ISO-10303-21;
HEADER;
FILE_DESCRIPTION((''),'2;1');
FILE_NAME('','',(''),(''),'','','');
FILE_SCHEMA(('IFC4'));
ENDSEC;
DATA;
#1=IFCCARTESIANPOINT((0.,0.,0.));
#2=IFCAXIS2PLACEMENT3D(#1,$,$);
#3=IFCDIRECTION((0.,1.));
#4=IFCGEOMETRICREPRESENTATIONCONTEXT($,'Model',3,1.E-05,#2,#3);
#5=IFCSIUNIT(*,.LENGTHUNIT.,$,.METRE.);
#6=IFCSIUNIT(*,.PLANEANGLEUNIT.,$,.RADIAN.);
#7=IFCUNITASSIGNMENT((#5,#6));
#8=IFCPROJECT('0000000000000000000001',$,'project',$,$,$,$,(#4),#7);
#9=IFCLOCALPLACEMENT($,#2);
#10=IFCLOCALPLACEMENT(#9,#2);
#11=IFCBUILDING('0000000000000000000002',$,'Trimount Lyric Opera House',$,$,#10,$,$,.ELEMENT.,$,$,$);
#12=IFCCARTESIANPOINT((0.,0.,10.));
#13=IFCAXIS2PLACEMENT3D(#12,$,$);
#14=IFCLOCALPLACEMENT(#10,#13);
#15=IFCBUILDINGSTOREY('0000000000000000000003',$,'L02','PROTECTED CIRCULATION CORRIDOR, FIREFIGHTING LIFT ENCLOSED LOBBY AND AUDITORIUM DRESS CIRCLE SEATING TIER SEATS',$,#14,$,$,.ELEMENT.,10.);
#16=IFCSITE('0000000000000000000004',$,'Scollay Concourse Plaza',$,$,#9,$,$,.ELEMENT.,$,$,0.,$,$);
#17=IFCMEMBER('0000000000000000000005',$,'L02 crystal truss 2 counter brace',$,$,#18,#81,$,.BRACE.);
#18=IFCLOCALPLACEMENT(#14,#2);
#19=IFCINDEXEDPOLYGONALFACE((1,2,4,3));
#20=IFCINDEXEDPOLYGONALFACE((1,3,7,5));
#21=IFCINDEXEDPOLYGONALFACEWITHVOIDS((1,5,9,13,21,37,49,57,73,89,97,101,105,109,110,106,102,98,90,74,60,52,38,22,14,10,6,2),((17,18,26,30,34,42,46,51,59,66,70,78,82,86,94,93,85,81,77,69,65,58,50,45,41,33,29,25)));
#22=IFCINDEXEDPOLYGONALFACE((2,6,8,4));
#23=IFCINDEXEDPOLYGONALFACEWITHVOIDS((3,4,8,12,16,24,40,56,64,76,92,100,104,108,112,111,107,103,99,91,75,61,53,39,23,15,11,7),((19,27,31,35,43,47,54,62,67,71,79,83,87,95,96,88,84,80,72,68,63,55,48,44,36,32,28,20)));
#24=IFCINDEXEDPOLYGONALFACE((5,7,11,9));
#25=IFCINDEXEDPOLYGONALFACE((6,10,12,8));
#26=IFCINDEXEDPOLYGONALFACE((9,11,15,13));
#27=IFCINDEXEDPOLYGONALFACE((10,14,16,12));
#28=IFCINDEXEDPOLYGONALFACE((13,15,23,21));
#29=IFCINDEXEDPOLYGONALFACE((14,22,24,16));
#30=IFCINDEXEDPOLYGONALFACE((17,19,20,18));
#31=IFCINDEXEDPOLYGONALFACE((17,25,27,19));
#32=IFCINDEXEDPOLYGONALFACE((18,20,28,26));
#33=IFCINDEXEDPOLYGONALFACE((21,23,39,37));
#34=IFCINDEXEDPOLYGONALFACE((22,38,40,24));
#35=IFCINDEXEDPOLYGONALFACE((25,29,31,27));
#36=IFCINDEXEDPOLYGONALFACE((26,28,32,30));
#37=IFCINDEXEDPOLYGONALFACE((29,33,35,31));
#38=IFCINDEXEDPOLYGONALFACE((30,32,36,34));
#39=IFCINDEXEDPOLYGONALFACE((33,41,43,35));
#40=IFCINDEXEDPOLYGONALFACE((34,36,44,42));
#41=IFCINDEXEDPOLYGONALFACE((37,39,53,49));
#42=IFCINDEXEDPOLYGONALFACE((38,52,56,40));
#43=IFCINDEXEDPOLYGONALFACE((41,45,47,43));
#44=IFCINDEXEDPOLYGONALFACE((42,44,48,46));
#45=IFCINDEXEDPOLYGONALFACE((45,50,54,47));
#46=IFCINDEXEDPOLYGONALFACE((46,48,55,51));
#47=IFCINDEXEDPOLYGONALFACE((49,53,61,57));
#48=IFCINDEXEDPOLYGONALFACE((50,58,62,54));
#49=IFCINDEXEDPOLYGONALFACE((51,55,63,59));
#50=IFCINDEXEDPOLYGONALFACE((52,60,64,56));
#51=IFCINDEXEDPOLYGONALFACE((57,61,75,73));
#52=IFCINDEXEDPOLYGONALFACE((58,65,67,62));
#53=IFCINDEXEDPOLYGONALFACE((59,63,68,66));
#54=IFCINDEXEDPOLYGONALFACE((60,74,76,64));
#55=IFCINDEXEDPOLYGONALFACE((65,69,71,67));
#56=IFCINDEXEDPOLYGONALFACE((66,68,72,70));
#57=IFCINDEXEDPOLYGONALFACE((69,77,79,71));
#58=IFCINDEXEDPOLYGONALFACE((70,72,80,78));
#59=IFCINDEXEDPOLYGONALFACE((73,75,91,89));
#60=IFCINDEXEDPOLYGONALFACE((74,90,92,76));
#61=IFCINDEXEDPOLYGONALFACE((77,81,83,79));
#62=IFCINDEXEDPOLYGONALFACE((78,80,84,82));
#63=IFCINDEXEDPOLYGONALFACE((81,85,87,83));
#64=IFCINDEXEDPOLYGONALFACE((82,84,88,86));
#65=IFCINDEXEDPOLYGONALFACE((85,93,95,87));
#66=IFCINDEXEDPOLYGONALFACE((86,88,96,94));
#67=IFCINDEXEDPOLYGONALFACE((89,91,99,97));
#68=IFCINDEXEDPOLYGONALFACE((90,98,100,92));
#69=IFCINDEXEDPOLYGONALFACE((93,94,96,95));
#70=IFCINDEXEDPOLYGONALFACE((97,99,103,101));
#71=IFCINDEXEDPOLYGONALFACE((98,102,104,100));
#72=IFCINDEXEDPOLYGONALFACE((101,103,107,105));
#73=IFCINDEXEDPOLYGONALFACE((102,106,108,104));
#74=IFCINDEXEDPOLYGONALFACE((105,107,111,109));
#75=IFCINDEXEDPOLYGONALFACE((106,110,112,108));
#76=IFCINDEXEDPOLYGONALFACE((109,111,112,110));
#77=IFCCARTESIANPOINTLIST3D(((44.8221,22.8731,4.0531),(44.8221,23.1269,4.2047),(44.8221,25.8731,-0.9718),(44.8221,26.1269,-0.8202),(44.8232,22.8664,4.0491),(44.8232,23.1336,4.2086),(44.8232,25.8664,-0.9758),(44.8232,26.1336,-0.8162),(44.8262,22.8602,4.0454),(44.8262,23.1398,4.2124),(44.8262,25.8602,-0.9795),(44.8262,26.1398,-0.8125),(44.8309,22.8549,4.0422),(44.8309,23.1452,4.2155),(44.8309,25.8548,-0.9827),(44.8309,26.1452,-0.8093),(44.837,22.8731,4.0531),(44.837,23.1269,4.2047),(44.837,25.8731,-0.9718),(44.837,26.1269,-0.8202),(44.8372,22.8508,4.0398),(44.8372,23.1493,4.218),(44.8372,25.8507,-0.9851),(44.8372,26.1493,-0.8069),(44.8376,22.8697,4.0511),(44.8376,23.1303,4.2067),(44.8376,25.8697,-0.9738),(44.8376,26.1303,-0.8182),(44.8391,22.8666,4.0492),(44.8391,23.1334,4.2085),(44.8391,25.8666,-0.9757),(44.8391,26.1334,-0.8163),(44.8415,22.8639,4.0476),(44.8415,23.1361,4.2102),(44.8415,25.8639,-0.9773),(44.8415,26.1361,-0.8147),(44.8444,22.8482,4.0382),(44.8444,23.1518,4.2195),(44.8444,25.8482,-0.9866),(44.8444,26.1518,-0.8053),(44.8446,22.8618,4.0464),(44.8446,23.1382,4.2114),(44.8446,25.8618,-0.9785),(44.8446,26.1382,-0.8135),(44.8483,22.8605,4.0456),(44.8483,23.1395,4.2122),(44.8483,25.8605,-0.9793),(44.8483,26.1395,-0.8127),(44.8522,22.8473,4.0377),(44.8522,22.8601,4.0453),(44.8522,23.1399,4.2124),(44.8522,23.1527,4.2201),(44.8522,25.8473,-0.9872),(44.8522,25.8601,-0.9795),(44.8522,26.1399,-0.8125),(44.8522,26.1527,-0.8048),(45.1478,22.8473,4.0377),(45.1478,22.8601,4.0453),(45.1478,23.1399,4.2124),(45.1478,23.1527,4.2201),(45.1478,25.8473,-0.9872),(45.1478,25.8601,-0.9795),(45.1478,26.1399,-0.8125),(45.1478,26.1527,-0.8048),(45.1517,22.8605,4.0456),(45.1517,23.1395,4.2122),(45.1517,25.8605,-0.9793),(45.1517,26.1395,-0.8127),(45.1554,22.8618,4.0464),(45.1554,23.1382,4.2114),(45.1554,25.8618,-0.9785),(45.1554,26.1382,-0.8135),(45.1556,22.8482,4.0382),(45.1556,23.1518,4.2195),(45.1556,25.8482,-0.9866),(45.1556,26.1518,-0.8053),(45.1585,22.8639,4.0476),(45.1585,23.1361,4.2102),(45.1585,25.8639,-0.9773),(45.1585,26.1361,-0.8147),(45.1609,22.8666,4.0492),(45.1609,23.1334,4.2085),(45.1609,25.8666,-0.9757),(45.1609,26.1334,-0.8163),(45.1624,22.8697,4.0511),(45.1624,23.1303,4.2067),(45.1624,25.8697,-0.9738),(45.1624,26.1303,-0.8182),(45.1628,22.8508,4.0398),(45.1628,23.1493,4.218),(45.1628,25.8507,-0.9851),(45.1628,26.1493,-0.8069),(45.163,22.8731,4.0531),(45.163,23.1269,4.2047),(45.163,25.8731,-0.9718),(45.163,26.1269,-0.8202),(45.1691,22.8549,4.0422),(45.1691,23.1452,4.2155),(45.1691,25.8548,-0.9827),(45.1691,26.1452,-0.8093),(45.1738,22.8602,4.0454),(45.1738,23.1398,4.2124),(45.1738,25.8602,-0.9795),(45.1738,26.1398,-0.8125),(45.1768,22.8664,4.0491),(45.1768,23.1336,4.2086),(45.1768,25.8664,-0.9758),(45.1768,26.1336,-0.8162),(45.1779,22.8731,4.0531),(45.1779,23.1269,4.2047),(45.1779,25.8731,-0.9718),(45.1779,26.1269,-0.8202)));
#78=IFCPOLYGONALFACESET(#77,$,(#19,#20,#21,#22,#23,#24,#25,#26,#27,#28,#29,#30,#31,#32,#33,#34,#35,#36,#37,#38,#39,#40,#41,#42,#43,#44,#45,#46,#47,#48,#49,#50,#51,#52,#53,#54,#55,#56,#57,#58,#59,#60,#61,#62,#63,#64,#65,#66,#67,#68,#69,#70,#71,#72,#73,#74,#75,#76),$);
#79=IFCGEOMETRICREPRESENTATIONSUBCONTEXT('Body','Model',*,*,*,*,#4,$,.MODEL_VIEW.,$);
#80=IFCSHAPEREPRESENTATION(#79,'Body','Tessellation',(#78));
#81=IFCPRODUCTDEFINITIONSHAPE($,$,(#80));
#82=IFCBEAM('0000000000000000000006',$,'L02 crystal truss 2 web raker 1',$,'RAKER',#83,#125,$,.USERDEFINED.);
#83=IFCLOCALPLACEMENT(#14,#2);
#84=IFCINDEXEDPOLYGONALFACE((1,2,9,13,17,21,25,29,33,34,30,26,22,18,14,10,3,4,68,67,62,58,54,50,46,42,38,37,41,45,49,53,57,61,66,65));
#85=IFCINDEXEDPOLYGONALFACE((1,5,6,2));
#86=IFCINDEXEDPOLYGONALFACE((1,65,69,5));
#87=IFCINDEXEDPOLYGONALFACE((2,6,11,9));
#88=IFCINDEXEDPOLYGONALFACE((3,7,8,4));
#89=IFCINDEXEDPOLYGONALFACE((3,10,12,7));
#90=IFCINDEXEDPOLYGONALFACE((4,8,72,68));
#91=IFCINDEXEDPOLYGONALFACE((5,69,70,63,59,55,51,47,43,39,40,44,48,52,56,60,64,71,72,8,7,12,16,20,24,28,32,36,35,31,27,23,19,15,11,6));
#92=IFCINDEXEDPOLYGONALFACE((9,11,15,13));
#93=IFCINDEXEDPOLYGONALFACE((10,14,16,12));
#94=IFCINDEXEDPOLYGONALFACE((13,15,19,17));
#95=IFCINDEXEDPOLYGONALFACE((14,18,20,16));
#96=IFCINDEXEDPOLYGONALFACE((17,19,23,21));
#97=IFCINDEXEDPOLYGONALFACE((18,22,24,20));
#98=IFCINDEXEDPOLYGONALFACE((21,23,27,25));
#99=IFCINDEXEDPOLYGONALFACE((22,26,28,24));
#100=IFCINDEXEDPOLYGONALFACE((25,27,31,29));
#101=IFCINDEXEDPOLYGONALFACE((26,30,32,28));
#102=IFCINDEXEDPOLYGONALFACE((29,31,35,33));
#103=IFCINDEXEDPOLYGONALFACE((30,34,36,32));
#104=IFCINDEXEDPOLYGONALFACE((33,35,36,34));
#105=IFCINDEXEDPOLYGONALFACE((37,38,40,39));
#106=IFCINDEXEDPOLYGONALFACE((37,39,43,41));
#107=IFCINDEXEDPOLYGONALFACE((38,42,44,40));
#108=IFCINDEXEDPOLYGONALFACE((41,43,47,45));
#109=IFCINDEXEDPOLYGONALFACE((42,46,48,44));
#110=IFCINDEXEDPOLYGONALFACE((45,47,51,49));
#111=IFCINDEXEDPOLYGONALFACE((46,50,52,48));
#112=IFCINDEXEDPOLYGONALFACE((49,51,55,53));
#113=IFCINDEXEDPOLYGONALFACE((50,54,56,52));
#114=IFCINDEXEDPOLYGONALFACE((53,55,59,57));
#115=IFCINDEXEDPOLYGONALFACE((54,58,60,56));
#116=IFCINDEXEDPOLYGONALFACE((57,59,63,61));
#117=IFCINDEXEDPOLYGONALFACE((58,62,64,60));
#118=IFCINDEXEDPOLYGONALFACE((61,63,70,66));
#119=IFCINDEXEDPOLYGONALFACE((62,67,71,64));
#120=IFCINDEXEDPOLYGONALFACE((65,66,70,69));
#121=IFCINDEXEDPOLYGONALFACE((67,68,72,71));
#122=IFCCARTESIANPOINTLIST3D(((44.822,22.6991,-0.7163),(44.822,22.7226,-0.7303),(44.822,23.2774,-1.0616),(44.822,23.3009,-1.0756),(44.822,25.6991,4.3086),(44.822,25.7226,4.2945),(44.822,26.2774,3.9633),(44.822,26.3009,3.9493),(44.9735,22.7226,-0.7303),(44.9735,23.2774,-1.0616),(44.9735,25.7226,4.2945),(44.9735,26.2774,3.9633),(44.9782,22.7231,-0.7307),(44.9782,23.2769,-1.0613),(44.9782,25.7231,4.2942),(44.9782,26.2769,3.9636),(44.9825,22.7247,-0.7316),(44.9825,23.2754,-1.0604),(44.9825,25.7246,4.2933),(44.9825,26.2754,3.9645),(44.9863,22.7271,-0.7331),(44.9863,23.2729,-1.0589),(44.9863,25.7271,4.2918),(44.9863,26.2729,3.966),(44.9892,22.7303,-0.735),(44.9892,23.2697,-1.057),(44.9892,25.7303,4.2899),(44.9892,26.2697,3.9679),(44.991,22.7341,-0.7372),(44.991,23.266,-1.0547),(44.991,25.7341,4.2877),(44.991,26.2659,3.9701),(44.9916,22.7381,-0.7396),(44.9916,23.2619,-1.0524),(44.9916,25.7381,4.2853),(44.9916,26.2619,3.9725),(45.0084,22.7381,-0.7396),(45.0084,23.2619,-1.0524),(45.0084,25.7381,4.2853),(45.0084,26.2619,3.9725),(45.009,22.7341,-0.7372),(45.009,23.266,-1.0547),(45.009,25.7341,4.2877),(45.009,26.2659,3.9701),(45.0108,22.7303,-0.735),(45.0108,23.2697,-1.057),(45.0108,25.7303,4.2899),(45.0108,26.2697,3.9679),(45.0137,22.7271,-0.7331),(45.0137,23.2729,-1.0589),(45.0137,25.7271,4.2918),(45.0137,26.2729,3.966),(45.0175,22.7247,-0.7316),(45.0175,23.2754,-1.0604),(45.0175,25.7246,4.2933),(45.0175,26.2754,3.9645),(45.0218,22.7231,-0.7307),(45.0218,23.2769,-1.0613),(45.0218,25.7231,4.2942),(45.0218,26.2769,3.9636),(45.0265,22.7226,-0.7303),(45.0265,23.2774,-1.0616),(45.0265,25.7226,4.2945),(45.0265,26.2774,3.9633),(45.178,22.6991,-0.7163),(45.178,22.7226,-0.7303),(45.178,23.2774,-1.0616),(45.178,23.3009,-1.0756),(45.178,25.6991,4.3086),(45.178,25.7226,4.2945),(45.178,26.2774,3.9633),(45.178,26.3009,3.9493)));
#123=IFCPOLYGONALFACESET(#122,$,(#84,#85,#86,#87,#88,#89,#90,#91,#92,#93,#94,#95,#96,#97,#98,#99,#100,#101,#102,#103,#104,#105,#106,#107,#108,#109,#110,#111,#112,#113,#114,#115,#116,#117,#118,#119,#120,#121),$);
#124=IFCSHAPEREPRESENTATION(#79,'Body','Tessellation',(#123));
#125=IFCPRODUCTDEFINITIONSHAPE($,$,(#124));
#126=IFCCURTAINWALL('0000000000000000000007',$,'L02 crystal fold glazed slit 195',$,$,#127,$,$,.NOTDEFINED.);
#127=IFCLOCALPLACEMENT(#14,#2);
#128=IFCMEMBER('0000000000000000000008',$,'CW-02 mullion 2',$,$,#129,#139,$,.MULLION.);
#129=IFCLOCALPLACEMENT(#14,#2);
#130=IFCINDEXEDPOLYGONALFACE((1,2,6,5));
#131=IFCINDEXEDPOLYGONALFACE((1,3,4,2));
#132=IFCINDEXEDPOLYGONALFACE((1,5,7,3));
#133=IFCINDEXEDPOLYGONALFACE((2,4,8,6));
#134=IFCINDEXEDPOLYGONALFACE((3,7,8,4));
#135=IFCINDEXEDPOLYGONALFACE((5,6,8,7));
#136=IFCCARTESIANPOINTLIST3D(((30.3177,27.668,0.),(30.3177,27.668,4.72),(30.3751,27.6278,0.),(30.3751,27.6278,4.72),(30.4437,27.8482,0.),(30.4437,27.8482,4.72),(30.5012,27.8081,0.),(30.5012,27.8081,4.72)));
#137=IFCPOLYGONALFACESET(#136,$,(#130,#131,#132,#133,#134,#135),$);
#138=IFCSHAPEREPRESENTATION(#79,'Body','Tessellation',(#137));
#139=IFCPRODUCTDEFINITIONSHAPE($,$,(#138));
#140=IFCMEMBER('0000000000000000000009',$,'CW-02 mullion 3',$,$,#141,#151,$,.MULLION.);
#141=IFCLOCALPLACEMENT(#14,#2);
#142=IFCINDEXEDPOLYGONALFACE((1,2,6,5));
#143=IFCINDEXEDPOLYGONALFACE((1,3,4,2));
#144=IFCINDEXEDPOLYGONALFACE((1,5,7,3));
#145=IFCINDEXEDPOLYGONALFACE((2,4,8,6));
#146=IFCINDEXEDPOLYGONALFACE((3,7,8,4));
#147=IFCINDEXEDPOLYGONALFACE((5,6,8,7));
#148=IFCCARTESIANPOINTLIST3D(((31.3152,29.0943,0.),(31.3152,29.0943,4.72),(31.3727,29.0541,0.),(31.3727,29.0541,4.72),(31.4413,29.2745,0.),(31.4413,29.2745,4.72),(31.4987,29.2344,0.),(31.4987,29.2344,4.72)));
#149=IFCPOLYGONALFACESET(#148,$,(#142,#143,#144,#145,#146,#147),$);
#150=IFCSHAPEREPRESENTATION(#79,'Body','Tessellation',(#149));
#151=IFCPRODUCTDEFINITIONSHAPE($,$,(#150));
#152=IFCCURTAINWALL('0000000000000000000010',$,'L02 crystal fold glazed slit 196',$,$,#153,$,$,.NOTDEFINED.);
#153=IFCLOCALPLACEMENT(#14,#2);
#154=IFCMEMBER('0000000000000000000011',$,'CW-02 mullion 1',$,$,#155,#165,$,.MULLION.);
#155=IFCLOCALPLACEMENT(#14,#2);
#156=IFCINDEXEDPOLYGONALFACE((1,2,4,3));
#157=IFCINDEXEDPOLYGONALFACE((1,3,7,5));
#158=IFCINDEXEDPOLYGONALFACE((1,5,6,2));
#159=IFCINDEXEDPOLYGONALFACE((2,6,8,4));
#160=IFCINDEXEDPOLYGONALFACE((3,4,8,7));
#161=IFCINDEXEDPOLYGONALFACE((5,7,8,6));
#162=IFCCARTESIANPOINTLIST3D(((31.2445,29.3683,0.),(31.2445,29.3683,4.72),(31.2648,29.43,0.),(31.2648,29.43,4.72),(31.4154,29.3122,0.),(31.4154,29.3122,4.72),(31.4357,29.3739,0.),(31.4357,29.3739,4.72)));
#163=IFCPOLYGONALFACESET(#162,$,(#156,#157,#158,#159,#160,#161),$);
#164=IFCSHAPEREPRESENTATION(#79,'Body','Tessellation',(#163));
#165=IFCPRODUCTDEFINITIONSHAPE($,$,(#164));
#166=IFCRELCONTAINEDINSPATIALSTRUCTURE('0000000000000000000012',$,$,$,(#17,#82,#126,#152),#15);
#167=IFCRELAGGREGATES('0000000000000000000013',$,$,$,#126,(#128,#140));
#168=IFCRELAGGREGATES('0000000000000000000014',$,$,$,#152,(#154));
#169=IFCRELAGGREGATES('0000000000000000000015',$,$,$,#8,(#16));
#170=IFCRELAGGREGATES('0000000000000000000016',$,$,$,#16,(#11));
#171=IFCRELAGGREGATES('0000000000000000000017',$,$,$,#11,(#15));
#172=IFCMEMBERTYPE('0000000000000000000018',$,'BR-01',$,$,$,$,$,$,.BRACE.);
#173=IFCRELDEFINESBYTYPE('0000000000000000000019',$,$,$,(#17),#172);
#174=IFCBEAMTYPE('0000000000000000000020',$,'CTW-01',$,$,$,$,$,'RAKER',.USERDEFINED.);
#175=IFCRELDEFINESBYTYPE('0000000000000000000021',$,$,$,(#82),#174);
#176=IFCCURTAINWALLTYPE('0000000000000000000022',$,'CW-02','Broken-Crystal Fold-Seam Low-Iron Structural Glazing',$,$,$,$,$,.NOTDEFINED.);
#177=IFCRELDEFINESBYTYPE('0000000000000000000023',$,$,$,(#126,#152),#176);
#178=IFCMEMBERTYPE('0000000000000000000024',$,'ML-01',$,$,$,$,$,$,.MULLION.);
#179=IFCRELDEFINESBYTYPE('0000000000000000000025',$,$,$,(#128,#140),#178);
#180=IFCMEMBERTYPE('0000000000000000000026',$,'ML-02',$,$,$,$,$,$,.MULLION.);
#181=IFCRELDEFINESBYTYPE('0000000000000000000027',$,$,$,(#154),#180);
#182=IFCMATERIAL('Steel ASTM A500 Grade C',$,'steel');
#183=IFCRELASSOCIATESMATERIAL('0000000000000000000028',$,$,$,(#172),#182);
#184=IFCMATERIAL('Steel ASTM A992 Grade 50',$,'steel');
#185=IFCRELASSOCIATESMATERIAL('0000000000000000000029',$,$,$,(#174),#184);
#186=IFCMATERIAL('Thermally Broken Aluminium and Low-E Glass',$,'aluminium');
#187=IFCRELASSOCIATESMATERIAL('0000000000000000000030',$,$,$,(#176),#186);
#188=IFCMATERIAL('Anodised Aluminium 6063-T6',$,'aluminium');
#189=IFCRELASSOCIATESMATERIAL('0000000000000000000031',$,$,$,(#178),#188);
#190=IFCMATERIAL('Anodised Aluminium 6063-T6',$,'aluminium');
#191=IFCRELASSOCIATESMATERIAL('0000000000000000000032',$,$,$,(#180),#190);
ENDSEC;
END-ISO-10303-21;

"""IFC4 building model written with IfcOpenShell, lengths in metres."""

from ifc_helpers import new_model, si_unit, direction, frame, origin, origin_2d, place, context, subcontext, project, spatial, rectangle, hollow_rectangle, i_section, extrude, material, material_profile, profile_set, type_object, element, aggregate, save


model = new_model("IFC4")

# Units and contexts
model_context = context("Model", 3, precision=1e-05, world=origin(), true_north=direction((0.0, 1.0)))
body_context = subcontext(model_context, "Body", "Model", "MODEL_VIEW")
ifc_project = project(units=[si_unit("LENGTHUNIT", "METRE"), si_unit("PLANEANGLEUNIT", "RADIAN")], contexts=[model_context])

# Site, building, storey
site_placement = place(None, origin())
site = spatial("IfcSite", under=ifc_project, at=site_placement, Name="Scollay Concourse Plaza", CompositionType="ELEMENT", RefElevation=0.0)
building_placement = place(site_placement, origin())
building = spatial("IfcBuilding", under=site, at=building_placement, Name="Trimount Lyric Opera House", CompositionType="ELEMENT")
storey_placement = place(building_placement, frame((0.0, 0.0, 10.0)))
storey = spatial("IfcBuildingStorey", under=building, at=storey_placement, Name="L02", Description="PROTECTED CIRCULATION CORRIDOR, FIREFIGHTING LIFT ENCLOSED LOBBY AND AUDITORIUM DRESS CIRCLE SEATING TIER SEATS", CompositionType="ELEMENT", Elevation=10.0)

# Member
ifc_material_1 = material(Name="Steel ASTM A500 Grade C", Category="steel")
ifc_material_profile_1 = material_profile(ifc_material_1, hollow_rectangle(XDim=0.3557, YDim=0.3557, WallThickness=0.0149, InnerFilletRadius=0.0151, OuterFilletRadius=0.03, at=origin_2d()), Name="HSS355.6X355.6X15.9")
ifc_profile_set_1 = profile_set([ifc_material_profile_1], Name="Steel ASTM A500 Grade C")
member_type_1 = type_object("IfcMemberType", Name="BR-01", PredefinedType="BRACE", material=ifc_profile_set_1)
member_1_placement = place(storey_placement, frame((45.0, 26.0, -0.896), z_axis=(0.0, -0.512617, 0.858617), x_axis=(1.0, 0.0, 0.0)))
element("IfcMember", 1, at=member_1_placement, inside=storey, type_object=member_type_1, Name="L02 crystal truss 2 counter brace", PredefinedType="BRACE", context=body_context, shape_type="SweptSolid", body=[
    extrude(hollow_rectangle(XDim=0.3557, YDim=0.3557, WallThickness=0.0149, InnerFilletRadius=0.0151, OuterFilletRadius=0.03, at=origin_2d()), origin(), (0.0, 0.0, 1.0), 5.8523),
])

# Beam
ifc_material_2 = material(Name="Steel ASTM A992 Grade 50", Category="steel")
ifc_material_profile_2 = material_profile(ifc_material_2, i_section(OverallWidth=0.356, OverallDepth=0.7009, WebThickness=0.0168, FlangeThickness=0.0273, FilletRadius=0.0181, at=origin_2d()), Name="W27X161")
ifc_profile_set_2 = profile_set([ifc_material_profile_2], Name="Steel ASTM A992 Grade 50")
beam_type_1 = type_object("IfcBeamType", Name="CTW-01", ElementType="RAKER", PredefinedType="USERDEFINED", material=ifc_profile_set_2)
beam_1_placement = place(storey_placement, frame((45.0, 26.0, 4.1289), z_axis=(0.0, -0.512617, -0.858617), x_axis=(1.0, 0.0, 0.0)))
element("IfcBeam", 2, at=beam_1_placement, inside=storey, type_object=beam_type_1, Name="L02 crystal truss 2 web raker 1", ObjectType="RAKER", PredefinedType="USERDEFINED", context=body_context, shape_type="SweptSolid", body=[
    extrude(i_section(OverallWidth=0.356, OverallDepth=0.7009, WebThickness=0.0168, FlangeThickness=0.0273, FilletRadius=0.0181, at=origin_2d()), origin(), (0.0, 0.0, 1.0), 5.8523),
])

# Curtain wall, members
ifc_material_3 = material(Name="Thermally Broken Aluminium and Low-E Glass", Category="aluminium")
curtain_wall_type = type_object("IfcCurtainWallType", Name="CW-02", Description="Broken-Crystal Fold-Seam Low-Iron Structural Glazing", PredefinedType="NOTDEFINED", material=ifc_material_3)
curtain_wall_1_placement = place(storey_placement, origin())
curtain_wall_1 = element("IfcCurtainWall", 3, at=curtain_wall_1_placement, inside=storey, type_object=curtain_wall_type, Name="L02 crystal fold glazed slit 195", PredefinedType="NOTDEFINED")
ifc_material_4 = material(Name="Anodised Aluminium 6063-T6", Category="aluminium")
ifc_material_profile_3 = material_profile(ifc_material_4, rectangle(XDim=0.0701, YDim=0.22, at=origin_2d()), Name="ALU-MULL-70X220")
ifc_profile_set_3 = profile_set([ifc_material_profile_3], Name="Anodised Aluminium 6063-T6")
member_type_2 = type_object("IfcMemberType", Name="ML-01", PredefinedType="MULLION", material=ifc_profile_set_3)
member_2_placement = place(storey_placement, frame((30.4094, 27.738, 0.0), z_axis=(0.0, 0.0, 1.0), x_axis=(-0.819496, 0.573084, 0.0)))
member_2 = element("IfcMember", 4, at=member_2_placement, type_object=member_type_2, Name="CW-02 mullion 2", PredefinedType="MULLION", context=body_context, shape_type="SweptSolid", body=[
    extrude(rectangle(XDim=0.0701, YDim=0.22, at=origin_2d()), origin(), (0.0, 0.0, 1.0), 4.72),
])
member_3_placement = place(storey_placement, frame((31.407, 29.1643, 0.0), z_axis=(0.0, 0.0, 1.0), x_axis=(-0.819496, 0.573084, 0.0)))
member_3 = element("IfcMember", 5, at=member_3_placement, type_object=member_type_2, Name="CW-02 mullion 3", PredefinedType="MULLION", context=body_context, shape_type="SweptSolid", body=[
    extrude(rectangle(XDim=0.0701, YDim=0.22, at=origin_2d()), origin(), (0.0, 0.0, 1.0), 4.72),
])

# Curtain wall, member
curtain_wall_2_placement = place(storey_placement, origin())
curtain_wall_2 = element("IfcCurtainWall", 6, at=curtain_wall_2_placement, inside=storey, type_object=curtain_wall_type, Name="L02 crystal fold glazed slit 196", PredefinedType="NOTDEFINED")
ifc_material_5 = material(Name="Anodised Aluminium 6063-T6", Category="aluminium")
ifc_material_profile_4 = material_profile(ifc_material_5, rectangle(XDim=0.0649, YDim=0.1799, at=origin_2d()), Name="ALU-MULL-65X180")
ifc_profile_set_4 = profile_set([ifc_material_profile_4], Name="Anodised Aluminium 6063-T6")
member_type_3 = type_object("IfcMemberType", Name="ML-02", PredefinedType="MULLION", material=ifc_profile_set_4)
member_4_placement = place(storey_placement, frame((31.3401, 29.3711, 0.0), z_axis=(0.0, 0.0, 1.0), x_axis=(-0.312125, -0.950041, 0.0)))
member_4 = element("IfcMember", 7, at=member_4_placement, type_object=member_type_3, Name="CW-02 mullion 1", PredefinedType="MULLION", context=body_context, shape_type="SweptSolid", body=[
    extrude(rectangle(XDim=0.0649, YDim=0.1799, at=origin_2d()), origin(), (0.0, 0.0, 1.0), 4.72),
])

aggregate(curtain_wall_1, [member_2, member_3])
aggregate(curtain_wall_2, [member_4])

save(model, "model.ifc")
